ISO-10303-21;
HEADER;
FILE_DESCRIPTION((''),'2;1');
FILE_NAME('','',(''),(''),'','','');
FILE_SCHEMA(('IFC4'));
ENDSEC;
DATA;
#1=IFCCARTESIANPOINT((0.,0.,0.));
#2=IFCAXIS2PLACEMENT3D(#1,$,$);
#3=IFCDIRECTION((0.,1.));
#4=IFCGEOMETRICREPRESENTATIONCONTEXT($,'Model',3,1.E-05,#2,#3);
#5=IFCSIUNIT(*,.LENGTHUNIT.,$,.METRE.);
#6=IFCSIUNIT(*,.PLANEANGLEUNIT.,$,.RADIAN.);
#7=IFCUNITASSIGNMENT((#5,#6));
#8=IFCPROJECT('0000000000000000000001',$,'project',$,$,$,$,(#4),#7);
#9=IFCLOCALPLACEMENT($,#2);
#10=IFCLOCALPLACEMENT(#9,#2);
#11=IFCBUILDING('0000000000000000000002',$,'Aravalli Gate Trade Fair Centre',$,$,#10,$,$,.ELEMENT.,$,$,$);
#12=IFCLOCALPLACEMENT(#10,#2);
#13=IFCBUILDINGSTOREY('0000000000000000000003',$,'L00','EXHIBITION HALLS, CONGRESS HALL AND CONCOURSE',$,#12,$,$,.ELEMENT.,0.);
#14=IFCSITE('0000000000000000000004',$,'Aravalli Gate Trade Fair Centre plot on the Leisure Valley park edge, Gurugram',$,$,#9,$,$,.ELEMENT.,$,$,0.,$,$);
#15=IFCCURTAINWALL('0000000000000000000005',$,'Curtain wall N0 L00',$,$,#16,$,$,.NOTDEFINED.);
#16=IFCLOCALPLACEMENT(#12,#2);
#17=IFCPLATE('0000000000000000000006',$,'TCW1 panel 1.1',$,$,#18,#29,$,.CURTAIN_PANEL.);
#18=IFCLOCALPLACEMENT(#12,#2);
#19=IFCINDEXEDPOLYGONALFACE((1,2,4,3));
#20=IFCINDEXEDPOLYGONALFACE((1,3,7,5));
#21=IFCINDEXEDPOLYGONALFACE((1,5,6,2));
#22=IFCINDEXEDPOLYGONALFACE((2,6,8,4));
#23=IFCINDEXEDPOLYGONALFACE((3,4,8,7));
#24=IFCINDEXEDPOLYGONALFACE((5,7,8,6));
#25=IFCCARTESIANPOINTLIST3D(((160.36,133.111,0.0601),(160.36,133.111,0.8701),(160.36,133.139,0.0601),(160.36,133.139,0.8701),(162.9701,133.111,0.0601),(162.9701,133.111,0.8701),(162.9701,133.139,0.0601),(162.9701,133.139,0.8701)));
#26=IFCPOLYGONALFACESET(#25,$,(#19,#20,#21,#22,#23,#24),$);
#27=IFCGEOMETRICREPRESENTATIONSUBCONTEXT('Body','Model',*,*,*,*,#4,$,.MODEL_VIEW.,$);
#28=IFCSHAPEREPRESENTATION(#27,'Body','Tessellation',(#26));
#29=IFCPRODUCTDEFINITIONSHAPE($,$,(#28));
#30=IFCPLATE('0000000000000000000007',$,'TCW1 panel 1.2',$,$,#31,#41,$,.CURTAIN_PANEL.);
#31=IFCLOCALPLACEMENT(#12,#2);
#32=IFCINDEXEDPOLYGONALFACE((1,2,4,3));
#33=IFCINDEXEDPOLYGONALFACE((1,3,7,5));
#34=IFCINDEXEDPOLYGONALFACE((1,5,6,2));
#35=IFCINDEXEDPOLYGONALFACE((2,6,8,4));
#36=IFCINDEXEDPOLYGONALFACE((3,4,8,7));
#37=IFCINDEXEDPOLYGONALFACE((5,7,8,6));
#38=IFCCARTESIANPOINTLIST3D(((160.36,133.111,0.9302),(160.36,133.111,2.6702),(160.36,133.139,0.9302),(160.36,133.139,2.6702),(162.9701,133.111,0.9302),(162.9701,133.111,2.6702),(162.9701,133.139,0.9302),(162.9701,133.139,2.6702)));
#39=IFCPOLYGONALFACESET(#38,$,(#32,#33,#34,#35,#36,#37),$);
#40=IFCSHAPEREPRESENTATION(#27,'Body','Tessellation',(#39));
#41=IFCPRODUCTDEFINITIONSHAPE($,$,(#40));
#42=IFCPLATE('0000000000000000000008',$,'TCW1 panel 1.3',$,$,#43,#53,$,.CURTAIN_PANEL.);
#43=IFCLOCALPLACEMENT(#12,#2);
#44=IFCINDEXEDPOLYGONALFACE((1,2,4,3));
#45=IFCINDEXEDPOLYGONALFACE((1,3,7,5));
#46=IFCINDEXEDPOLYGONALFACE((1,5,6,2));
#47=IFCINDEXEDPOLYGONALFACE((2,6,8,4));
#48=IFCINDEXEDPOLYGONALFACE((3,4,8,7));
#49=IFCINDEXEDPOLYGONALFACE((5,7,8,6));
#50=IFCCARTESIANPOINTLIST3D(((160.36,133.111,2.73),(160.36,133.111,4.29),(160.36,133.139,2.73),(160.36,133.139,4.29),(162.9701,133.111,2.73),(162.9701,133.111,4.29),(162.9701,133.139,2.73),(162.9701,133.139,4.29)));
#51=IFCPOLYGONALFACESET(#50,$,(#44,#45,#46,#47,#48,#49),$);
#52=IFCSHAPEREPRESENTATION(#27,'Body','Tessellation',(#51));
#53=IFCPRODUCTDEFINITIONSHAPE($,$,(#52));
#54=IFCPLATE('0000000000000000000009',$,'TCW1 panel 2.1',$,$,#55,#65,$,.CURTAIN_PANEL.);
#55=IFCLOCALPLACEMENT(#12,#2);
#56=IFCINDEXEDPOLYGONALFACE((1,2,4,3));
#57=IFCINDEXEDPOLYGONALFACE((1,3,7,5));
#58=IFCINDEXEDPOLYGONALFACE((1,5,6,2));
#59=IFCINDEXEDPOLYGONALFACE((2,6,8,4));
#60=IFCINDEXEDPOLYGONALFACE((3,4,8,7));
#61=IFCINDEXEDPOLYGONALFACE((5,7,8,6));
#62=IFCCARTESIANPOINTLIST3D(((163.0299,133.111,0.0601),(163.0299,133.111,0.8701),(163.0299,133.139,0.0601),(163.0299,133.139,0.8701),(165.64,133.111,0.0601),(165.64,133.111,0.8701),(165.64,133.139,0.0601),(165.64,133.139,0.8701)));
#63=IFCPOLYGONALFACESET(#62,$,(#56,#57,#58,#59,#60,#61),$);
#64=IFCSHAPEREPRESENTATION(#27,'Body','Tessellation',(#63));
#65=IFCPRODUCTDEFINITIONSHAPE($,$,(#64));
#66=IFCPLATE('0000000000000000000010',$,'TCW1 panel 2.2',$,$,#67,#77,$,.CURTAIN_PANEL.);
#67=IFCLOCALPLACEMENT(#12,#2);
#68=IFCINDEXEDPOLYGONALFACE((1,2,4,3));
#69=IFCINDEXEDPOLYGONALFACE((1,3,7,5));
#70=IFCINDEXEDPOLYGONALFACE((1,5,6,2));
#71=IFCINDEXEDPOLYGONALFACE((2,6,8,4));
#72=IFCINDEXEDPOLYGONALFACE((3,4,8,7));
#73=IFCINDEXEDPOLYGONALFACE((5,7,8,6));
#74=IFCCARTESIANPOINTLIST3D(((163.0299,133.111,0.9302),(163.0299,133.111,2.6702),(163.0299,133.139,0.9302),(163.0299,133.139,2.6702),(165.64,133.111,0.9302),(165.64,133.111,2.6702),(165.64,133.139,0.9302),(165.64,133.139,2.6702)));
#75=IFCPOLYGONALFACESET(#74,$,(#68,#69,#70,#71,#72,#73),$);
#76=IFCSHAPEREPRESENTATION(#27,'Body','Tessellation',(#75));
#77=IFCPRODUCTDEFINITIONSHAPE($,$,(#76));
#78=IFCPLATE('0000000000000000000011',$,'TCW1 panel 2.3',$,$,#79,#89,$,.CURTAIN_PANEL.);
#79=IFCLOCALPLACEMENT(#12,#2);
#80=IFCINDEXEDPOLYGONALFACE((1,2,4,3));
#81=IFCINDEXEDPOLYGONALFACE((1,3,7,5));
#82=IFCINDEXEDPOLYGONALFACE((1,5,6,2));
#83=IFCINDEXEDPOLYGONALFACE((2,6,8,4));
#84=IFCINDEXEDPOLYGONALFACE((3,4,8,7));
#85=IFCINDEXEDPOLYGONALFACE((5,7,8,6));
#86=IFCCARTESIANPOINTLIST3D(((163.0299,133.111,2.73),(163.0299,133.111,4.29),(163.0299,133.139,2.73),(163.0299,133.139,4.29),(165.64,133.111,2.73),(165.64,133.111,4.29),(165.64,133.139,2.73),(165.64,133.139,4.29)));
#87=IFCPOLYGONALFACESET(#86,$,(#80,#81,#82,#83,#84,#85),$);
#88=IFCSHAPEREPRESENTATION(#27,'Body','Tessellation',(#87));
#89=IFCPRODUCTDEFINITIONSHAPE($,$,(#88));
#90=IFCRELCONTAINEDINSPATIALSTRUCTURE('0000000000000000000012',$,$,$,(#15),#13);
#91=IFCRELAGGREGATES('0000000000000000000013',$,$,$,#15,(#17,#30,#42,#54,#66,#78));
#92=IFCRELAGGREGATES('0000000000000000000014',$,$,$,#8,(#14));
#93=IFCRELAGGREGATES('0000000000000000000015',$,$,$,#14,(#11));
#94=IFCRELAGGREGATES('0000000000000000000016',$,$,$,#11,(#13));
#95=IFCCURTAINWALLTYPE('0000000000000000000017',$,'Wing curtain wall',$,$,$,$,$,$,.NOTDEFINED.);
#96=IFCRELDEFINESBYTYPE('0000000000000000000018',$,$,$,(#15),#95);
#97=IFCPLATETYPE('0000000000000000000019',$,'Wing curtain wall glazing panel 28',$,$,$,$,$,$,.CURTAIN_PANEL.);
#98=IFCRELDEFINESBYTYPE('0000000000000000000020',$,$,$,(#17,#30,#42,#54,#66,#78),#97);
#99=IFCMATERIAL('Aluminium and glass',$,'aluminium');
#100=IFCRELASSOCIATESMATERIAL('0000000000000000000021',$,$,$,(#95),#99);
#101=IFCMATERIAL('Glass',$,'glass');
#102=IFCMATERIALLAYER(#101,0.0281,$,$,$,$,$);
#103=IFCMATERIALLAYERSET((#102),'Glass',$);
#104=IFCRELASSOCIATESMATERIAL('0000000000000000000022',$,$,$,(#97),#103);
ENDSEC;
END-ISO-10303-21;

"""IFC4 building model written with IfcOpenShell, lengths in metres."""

from ifc_helpers import new_model, si_unit, direction, frame, origin, origin_2d, place, context, subcontext, project, spatial, rectangle, extrude, material, layer, layer_set, type_object, element, aggregate, save


model = new_model("IFC4")

# Units and contexts
model_context = context("Model", 3, precision=1e-05, world=origin(), true_north=direction((0.0, 1.0)))
body_context = subcontext(model_context, "Body", "Model", "MODEL_VIEW")
ifc_project = project(units=[si_unit("LENGTHUNIT", "METRE"), si_unit("PLANEANGLEUNIT", "RADIAN")], contexts=[model_context])

# Site, building, storey
site_placement = place(None, origin())
site = spatial("IfcSite", under=ifc_project, at=site_placement, Name="Aravalli Gate Trade Fair Centre plot on the Leisure Valley park edge, Gurugram", CompositionType="ELEMENT", RefElevation=0.0)
building_placement = place(site_placement, origin())
building = spatial("IfcBuilding", under=site, at=building_placement, Name="Aravalli Gate Trade Fair Centre", CompositionType="ELEMENT")
storey_placement = place(building_placement, origin())
storey = spatial("IfcBuildingStorey", under=building, at=storey_placement, Name="L00", Description="EXHIBITION HALLS, CONGRESS HALL AND CONCOURSE", CompositionType="ELEMENT", Elevation=0.0)

# Curtain wall
ifc_material_1 = material(Name="Aluminium and glass", Category="aluminium")
curtain_wall_type = type_object("IfcCurtainWallType", Name="Wing curtain wall", PredefinedType="NOTDEFINED", material=ifc_material_1)
curtain_wall_1_placement = place(storey_placement, origin())
curtain_wall_1 = element("IfcCurtainWall", 1, at=curtain_wall_1_placement, inside=storey, type_object=curtain_wall_type, Name="Curtain wall N0 L00", PredefinedType="NOTDEFINED")

# Plates
ifc_material_2 = material(Name="Glass", Category="glass")
ifc_layer = layer(ifc_material_2, 0.0281)
ifc_layer_set = layer_set([ifc_layer], Name="Glass")
plate_type = type_object("IfcPlateType", Name="Wing curtain wall glazing panel 28", PredefinedType="CURTAIN_PANEL", material=ifc_layer_set)
plate_1_placement = place(storey_placement, frame((161.665, 133.125, 0.0601), z_axis=(0.0, 0.0, 1.0), x_axis=(1.0, 0.0, 0.0)))
plate_1 = element("IfcPlate", 2, at=plate_1_placement, type_object=plate_type, Name="TCW1 panel 1.1", PredefinedType="CURTAIN_PANEL", context=body_context, shape_type="SweptSolid", body=[
    extrude(rectangle(XDim=2.6101, YDim=0.0281, at=origin_2d()), origin(), (0.0, 0.0, 1.0), 0.8101),
])
plate_2_placement = place(storey_placement, frame((161.665, 133.125, 0.9302), z_axis=(0.0, 0.0, 1.0), x_axis=(1.0, 0.0, 0.0)))
plate_2 = element("IfcPlate", 3, at=plate_2_placement, type_object=plate_type, Name="TCW1 panel 1.2", PredefinedType="CURTAIN_PANEL", context=body_context, shape_type="SweptSolid", body=[
    extrude(rectangle(XDim=2.6101, YDim=0.0281, at=origin_2d()), origin(), (0.0, 0.0, 1.0), 1.74),
])
plate_3_placement = place(storey_placement, frame((161.665, 133.125, 2.73), z_axis=(0.0, 0.0, 1.0), x_axis=(1.0, 0.0, 0.0)))
plate_3 = element("IfcPlate", 4, at=plate_3_placement, type_object=plate_type, Name="TCW1 panel 1.3", PredefinedType="CURTAIN_PANEL", context=body_context, shape_type="SweptSolid", body=[
    extrude(rectangle(XDim=2.6101, YDim=0.0281, at=origin_2d()), origin(), (0.0, 0.0, 1.0), 1.5601),
])
plate_4_placement = place(storey_placement, frame((164.335, 133.125, 0.0601), z_axis=(0.0, 0.0, 1.0), x_axis=(1.0, 0.0, 0.0)))
plate_4 = element("IfcPlate", 5, at=plate_4_placement, type_object=plate_type, Name="TCW1 panel 2.1", PredefinedType="CURTAIN_PANEL", context=body_context, shape_type="SweptSolid", body=[
    extrude(rectangle(XDim=2.6101, YDim=0.0281, at=origin_2d()), origin(), (0.0, 0.0, 1.0), 0.8101),
])
plate_5_placement = place(storey_placement, frame((164.335, 133.125, 0.9302), z_axis=(0.0, 0.0, 1.0), x_axis=(1.0, 0.0, 0.0)))
plate_5 = element("IfcPlate", 6, at=plate_5_placement, type_object=plate_type, Name="TCW1 panel 2.2", PredefinedType="CURTAIN_PANEL", context=body_context, shape_type="SweptSolid", body=[
    extrude(rectangle(XDim=2.6101, YDim=0.0281, at=origin_2d()), origin(), (0.0, 0.0, 1.0), 1.74),
])
plate_6_placement = place(storey_placement, frame((164.335, 133.125, 2.73), z_axis=(0.0, 0.0, 1.0), x_axis=(1.0, 0.0, 0.0)))
plate_6 = element("IfcPlate", 7, at=plate_6_placement, type_object=plate_type, Name="TCW1 panel 2.3", PredefinedType="CURTAIN_PANEL", context=body_context, shape_type="SweptSolid", body=[
    extrude(rectangle(XDim=2.6101, YDim=0.0281, at=origin_2d()), origin(), (0.0, 0.0, 1.0), 1.5601),
])
aggregate(curtain_wall_1, [plate_1, plate_2, plate_3, plate_4, plate_5, plate_6])

save(model, "model.ifc")
